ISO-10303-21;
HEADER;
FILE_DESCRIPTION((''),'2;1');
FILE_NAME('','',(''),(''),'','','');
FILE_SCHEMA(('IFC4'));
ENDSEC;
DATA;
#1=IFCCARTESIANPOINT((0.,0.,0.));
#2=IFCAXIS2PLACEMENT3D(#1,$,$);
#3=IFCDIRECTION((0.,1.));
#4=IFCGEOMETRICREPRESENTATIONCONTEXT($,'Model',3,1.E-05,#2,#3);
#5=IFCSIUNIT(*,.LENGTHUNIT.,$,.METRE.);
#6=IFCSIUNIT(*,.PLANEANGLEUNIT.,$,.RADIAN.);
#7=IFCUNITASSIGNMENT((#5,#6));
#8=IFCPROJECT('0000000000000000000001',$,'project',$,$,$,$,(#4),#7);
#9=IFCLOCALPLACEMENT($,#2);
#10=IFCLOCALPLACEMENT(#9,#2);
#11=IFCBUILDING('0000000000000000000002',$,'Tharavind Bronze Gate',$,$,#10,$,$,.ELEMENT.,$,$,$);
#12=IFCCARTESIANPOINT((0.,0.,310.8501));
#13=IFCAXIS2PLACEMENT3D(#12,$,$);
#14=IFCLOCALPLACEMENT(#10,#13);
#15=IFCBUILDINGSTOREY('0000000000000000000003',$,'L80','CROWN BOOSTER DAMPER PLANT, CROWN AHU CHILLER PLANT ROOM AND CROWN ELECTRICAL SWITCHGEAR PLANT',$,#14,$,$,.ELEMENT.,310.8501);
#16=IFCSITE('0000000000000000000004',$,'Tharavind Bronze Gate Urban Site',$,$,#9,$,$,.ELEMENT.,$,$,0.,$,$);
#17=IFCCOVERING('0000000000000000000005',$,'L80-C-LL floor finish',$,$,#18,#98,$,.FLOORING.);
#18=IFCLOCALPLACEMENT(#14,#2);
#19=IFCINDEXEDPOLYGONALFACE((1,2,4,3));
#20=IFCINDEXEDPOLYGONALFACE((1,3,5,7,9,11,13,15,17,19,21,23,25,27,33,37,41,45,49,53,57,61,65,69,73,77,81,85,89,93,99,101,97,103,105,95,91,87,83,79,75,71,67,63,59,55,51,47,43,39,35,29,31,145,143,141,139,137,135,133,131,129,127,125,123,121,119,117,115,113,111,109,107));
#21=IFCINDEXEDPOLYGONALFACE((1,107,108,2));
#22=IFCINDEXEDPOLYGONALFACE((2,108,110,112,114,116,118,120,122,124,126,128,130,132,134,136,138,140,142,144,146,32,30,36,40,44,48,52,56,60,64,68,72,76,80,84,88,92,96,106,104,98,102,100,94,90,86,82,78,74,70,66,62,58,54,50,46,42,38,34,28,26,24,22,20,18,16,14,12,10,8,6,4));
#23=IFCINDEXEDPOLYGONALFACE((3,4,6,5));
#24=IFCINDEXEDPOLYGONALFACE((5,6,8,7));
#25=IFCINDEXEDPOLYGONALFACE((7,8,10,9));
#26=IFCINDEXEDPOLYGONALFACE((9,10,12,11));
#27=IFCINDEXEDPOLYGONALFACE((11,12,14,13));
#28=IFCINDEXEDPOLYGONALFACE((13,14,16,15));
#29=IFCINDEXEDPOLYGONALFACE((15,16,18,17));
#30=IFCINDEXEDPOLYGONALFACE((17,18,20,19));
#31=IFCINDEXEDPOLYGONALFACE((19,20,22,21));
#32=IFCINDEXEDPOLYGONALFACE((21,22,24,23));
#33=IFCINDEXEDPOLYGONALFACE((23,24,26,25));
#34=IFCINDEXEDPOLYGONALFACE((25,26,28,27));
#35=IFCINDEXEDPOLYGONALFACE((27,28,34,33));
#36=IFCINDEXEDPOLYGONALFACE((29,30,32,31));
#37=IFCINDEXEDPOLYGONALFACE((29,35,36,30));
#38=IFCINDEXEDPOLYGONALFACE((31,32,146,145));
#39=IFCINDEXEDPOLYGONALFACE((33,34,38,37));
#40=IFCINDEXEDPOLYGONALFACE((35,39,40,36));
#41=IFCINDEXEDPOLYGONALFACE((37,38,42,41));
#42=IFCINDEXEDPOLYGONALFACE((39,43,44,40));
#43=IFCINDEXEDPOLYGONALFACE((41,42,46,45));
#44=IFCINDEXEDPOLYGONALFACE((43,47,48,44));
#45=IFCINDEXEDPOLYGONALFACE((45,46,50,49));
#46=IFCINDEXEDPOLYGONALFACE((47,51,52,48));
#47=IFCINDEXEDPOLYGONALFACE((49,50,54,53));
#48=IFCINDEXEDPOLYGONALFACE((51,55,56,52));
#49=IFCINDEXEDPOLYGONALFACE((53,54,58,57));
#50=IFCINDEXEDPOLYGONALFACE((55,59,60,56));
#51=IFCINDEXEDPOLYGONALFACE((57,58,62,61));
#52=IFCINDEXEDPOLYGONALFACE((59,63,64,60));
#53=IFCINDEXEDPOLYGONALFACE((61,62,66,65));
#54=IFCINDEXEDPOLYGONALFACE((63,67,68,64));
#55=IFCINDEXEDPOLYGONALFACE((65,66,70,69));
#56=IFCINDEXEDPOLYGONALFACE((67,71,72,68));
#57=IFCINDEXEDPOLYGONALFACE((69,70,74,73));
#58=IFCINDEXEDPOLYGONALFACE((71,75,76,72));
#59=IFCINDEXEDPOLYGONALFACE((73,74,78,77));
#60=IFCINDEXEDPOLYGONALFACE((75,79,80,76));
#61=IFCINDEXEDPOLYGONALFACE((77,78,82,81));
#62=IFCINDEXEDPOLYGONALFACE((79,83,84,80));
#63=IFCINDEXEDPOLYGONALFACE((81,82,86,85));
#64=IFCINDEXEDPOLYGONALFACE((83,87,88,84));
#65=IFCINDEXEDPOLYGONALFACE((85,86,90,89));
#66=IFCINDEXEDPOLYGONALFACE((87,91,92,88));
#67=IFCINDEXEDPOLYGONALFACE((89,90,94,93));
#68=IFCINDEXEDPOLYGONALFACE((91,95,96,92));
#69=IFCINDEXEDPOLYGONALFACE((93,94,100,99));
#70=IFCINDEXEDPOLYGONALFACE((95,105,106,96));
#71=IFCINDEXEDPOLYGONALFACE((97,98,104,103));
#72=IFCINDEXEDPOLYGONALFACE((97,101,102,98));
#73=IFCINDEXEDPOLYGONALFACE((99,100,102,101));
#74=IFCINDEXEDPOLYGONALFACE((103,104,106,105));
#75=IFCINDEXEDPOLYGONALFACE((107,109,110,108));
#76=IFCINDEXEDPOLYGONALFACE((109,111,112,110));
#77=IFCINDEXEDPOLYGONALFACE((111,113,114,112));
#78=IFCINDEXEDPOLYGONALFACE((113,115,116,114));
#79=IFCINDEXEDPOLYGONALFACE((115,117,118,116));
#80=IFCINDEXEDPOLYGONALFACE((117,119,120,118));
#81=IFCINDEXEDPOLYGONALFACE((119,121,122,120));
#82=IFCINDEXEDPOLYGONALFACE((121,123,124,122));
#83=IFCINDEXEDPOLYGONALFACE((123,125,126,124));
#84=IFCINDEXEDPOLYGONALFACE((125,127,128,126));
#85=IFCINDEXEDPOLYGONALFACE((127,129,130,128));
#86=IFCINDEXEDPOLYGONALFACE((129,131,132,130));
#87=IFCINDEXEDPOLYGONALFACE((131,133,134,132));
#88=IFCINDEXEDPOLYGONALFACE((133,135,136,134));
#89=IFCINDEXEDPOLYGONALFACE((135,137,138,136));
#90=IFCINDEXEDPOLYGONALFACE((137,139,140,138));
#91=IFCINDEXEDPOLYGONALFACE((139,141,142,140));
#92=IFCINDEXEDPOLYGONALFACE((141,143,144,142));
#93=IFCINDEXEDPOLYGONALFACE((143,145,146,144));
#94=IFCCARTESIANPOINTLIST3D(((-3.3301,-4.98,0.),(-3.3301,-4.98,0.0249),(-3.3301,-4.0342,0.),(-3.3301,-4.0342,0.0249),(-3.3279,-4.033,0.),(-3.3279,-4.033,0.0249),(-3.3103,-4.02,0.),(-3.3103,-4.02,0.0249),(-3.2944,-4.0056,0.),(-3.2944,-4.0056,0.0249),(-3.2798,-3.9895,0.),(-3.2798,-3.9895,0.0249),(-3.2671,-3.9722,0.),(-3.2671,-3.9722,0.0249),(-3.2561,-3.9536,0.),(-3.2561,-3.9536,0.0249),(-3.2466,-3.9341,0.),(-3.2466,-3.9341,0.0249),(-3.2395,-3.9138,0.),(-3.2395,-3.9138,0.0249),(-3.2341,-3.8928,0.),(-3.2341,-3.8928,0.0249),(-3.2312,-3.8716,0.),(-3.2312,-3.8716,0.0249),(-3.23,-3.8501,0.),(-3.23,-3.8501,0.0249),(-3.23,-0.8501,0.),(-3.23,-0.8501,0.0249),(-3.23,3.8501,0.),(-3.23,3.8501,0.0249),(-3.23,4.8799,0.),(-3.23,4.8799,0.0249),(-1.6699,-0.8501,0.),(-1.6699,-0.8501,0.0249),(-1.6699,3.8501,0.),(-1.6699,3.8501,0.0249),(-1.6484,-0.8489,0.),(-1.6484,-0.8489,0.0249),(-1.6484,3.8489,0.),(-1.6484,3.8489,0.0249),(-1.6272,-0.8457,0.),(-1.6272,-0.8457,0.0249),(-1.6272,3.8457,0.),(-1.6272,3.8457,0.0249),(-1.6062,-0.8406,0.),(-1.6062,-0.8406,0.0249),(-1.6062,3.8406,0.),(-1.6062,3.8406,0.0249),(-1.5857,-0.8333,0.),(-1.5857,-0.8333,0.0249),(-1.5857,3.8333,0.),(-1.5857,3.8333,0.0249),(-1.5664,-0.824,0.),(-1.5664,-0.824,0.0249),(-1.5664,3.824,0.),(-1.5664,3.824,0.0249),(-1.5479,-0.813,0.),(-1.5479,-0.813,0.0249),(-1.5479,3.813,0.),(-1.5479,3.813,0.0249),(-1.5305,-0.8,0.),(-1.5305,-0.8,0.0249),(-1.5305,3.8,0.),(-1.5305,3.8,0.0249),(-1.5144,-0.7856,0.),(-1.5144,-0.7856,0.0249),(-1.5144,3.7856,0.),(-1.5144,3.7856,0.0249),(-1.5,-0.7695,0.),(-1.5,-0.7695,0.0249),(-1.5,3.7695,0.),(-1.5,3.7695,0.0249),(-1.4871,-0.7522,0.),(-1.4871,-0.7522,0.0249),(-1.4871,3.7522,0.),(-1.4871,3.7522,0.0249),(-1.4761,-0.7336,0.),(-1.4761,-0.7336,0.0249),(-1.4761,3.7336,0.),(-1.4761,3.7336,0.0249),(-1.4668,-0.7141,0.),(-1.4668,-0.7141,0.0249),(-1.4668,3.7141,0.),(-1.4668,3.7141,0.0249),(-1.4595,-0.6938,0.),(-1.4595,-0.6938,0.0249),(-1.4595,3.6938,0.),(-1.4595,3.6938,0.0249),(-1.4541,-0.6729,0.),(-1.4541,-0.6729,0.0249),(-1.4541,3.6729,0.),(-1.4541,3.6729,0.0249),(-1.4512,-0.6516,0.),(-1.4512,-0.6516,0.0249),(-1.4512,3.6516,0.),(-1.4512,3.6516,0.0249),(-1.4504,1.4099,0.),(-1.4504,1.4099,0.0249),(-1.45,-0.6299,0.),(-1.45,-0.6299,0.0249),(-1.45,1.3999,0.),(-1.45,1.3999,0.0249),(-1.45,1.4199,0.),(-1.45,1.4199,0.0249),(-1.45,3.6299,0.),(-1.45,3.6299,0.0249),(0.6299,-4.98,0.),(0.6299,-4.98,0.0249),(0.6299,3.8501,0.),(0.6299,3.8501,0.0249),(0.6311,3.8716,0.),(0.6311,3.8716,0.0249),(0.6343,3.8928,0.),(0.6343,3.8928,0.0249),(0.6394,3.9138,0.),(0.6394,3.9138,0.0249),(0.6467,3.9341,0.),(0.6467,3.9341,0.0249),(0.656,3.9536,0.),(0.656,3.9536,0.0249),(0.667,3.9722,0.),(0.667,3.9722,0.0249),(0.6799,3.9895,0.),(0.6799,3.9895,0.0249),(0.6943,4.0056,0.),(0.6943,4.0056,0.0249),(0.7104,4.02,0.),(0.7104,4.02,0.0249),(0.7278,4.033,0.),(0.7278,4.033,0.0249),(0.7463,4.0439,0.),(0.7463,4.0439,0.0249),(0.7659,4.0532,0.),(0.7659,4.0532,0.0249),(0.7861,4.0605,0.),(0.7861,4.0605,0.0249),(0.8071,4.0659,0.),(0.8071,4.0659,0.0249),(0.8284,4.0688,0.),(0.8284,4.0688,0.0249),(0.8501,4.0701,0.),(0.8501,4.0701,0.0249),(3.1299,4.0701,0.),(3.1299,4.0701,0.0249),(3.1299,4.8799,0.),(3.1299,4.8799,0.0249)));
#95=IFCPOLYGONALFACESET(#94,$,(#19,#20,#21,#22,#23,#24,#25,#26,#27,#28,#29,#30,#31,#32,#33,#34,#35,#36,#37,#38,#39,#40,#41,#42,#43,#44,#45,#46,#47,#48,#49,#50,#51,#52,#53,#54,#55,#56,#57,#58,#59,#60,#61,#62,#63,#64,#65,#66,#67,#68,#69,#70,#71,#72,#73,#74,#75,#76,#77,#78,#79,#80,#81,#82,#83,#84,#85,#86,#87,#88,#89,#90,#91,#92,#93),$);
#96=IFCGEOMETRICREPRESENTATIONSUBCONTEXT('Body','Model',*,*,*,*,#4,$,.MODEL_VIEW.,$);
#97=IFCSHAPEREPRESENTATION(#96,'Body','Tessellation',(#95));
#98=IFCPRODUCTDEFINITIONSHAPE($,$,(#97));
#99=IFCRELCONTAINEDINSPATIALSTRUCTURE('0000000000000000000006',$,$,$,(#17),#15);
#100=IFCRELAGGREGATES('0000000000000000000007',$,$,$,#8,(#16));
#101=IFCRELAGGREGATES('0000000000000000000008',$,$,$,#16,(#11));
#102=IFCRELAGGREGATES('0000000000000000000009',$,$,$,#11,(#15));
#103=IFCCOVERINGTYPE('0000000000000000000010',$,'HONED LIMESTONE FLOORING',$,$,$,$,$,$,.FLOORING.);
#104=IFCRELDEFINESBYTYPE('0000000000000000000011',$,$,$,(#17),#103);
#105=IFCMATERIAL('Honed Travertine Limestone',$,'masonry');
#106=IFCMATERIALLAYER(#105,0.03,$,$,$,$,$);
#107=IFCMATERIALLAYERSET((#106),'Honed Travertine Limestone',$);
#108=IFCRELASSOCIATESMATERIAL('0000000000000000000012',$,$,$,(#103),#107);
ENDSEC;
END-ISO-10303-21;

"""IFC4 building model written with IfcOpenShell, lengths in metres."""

from ifc_helpers import new_model, si_unit, direction, frame, origin, place, context, subcontext, project, spatial, polyline, outline, extrude, material, layer, layer_set, type_object, element, save


model = new_model("IFC4")

# Units and contexts
model_context = context("Model", 3, precision=1e-05, world=origin(), true_north=direction((0.0, 1.0)))
body_context = subcontext(model_context, "Body", "Model", "MODEL_VIEW")
ifc_project = project(units=[si_unit("LENGTHUNIT", "METRE"), si_unit("PLANEANGLEUNIT", "RADIAN")], contexts=[model_context])

# Site, building, storey
site_placement = place(None, origin())
site = spatial("IfcSite", under=ifc_project, at=site_placement, Name="Tharavind Bronze Gate Urban Site", CompositionType="ELEMENT", RefElevation=0.0)
building_placement = place(site_placement, origin())
building = spatial("IfcBuilding", under=site, at=building_placement, Name="Tharavind Bronze Gate", CompositionType="ELEMENT")
storey_placement = place(building_placement, frame((0.0, 0.0, 310.8501)))
storey = spatial("IfcBuildingStorey", under=building, at=storey_placement, Name="L80", Description="CROWN BOOSTER DAMPER PLANT, CROWN AHU CHILLER PLANT ROOM AND CROWN ELECTRICAL SWITCHGEAR PLANT", CompositionType="ELEMENT", Elevation=310.8501)

# Covering
ifc_material_1 = material(Name="Honed Travertine Limestone", Category="masonry")
ifc_layer_1 = layer(ifc_material_1, 0.03)
ifc_layer_set_1 = layer_set([ifc_layer_1], Name="Honed Travertine Limestone")
covering_type_1 = type_object("IfcCoveringType", Name="HONED LIMESTONE FLOORING", PredefinedType="FLOORING", material=ifc_layer_set_1)
covering_1_placement = place(storey_placement, origin())
element("IfcCovering", 1, at=covering_1_placement, inside=storey, type_object=covering_type_1, Name="L80-C-LL floor finish", PredefinedType="FLOORING", context=body_context, shape_type="SweptSolid", body=[
    extrude(outline(polyline([(-3.3301, -4.98), (0.6299, -4.98), (0.6299, 3.8501), (0.6311, 3.8716), (0.6343, 3.8928), (0.6394, 3.9138), (0.6467, 3.9341), (0.656, 3.9536), (0.667, 3.9722), (0.6799, 3.9895), (0.6943, 4.0056), (0.7104, 4.02), (0.7278, 4.033), (0.7463, 4.0439), (0.7659, 4.0532), (0.7861, 4.0605), (0.8071, 4.0659), (0.8284, 4.0688), (0.8501, 4.0701), (3.1299, 4.0701), (3.1299, 4.8799), (-3.23, 4.8799), (-3.23, 3.8501), (-1.6699, 3.8501), (-1.6484, 3.8489), (-1.6272, 3.8457), (-1.6062, 3.8406), (-1.5857, 3.8333), (-1.5664, 3.824), (-1.5479, 3.813), (-1.5305, 3.8), (-1.5144, 3.7856), (-1.5, 3.7695), (-1.4871, 3.7522), (-1.4761, 3.7336), (-1.4668, 3.7141), (-1.4595, 3.6938), (-1.4541, 3.6729), (-1.4512, 3.6516), (-1.45, 3.6299), (-1.45, 1.4199), (-1.4504, 1.4099), (-1.45, 1.3999), (-1.45, -0.6299), (-1.4512, -0.6516), (-1.4541, -0.6729), (-1.4595, -0.6938), (-1.4668, -0.7141), (-1.4761, -0.7336), (-1.4871, -0.7522), (-1.5, -0.7695), (-1.5144, -0.7856), (-1.5305, -0.8), (-1.5479, -0.813), (-1.5664, -0.824), (-1.5857, -0.8333), (-1.6062, -0.8406), (-1.6272, -0.8457), (-1.6484, -0.8489), (-1.6699, -0.8501), (-3.23, -0.8501), (-3.23, -3.8501), (-3.2312, -3.8716), (-3.2341, -3.8928), (-3.2395, -3.9138), (-3.2466, -3.9341), (-3.2561, -3.9536), (-3.2671, -3.9722), (-3.2798, -3.9895), (-3.2944, -4.0056), (-3.3103, -4.02), (-3.3279, -4.033), (-3.3301, -4.0342), (-3.3301, -4.98)])), origin(), (0.0, 0.0, 1.0), 0.0249),
])

save(model, "model.ifc")
